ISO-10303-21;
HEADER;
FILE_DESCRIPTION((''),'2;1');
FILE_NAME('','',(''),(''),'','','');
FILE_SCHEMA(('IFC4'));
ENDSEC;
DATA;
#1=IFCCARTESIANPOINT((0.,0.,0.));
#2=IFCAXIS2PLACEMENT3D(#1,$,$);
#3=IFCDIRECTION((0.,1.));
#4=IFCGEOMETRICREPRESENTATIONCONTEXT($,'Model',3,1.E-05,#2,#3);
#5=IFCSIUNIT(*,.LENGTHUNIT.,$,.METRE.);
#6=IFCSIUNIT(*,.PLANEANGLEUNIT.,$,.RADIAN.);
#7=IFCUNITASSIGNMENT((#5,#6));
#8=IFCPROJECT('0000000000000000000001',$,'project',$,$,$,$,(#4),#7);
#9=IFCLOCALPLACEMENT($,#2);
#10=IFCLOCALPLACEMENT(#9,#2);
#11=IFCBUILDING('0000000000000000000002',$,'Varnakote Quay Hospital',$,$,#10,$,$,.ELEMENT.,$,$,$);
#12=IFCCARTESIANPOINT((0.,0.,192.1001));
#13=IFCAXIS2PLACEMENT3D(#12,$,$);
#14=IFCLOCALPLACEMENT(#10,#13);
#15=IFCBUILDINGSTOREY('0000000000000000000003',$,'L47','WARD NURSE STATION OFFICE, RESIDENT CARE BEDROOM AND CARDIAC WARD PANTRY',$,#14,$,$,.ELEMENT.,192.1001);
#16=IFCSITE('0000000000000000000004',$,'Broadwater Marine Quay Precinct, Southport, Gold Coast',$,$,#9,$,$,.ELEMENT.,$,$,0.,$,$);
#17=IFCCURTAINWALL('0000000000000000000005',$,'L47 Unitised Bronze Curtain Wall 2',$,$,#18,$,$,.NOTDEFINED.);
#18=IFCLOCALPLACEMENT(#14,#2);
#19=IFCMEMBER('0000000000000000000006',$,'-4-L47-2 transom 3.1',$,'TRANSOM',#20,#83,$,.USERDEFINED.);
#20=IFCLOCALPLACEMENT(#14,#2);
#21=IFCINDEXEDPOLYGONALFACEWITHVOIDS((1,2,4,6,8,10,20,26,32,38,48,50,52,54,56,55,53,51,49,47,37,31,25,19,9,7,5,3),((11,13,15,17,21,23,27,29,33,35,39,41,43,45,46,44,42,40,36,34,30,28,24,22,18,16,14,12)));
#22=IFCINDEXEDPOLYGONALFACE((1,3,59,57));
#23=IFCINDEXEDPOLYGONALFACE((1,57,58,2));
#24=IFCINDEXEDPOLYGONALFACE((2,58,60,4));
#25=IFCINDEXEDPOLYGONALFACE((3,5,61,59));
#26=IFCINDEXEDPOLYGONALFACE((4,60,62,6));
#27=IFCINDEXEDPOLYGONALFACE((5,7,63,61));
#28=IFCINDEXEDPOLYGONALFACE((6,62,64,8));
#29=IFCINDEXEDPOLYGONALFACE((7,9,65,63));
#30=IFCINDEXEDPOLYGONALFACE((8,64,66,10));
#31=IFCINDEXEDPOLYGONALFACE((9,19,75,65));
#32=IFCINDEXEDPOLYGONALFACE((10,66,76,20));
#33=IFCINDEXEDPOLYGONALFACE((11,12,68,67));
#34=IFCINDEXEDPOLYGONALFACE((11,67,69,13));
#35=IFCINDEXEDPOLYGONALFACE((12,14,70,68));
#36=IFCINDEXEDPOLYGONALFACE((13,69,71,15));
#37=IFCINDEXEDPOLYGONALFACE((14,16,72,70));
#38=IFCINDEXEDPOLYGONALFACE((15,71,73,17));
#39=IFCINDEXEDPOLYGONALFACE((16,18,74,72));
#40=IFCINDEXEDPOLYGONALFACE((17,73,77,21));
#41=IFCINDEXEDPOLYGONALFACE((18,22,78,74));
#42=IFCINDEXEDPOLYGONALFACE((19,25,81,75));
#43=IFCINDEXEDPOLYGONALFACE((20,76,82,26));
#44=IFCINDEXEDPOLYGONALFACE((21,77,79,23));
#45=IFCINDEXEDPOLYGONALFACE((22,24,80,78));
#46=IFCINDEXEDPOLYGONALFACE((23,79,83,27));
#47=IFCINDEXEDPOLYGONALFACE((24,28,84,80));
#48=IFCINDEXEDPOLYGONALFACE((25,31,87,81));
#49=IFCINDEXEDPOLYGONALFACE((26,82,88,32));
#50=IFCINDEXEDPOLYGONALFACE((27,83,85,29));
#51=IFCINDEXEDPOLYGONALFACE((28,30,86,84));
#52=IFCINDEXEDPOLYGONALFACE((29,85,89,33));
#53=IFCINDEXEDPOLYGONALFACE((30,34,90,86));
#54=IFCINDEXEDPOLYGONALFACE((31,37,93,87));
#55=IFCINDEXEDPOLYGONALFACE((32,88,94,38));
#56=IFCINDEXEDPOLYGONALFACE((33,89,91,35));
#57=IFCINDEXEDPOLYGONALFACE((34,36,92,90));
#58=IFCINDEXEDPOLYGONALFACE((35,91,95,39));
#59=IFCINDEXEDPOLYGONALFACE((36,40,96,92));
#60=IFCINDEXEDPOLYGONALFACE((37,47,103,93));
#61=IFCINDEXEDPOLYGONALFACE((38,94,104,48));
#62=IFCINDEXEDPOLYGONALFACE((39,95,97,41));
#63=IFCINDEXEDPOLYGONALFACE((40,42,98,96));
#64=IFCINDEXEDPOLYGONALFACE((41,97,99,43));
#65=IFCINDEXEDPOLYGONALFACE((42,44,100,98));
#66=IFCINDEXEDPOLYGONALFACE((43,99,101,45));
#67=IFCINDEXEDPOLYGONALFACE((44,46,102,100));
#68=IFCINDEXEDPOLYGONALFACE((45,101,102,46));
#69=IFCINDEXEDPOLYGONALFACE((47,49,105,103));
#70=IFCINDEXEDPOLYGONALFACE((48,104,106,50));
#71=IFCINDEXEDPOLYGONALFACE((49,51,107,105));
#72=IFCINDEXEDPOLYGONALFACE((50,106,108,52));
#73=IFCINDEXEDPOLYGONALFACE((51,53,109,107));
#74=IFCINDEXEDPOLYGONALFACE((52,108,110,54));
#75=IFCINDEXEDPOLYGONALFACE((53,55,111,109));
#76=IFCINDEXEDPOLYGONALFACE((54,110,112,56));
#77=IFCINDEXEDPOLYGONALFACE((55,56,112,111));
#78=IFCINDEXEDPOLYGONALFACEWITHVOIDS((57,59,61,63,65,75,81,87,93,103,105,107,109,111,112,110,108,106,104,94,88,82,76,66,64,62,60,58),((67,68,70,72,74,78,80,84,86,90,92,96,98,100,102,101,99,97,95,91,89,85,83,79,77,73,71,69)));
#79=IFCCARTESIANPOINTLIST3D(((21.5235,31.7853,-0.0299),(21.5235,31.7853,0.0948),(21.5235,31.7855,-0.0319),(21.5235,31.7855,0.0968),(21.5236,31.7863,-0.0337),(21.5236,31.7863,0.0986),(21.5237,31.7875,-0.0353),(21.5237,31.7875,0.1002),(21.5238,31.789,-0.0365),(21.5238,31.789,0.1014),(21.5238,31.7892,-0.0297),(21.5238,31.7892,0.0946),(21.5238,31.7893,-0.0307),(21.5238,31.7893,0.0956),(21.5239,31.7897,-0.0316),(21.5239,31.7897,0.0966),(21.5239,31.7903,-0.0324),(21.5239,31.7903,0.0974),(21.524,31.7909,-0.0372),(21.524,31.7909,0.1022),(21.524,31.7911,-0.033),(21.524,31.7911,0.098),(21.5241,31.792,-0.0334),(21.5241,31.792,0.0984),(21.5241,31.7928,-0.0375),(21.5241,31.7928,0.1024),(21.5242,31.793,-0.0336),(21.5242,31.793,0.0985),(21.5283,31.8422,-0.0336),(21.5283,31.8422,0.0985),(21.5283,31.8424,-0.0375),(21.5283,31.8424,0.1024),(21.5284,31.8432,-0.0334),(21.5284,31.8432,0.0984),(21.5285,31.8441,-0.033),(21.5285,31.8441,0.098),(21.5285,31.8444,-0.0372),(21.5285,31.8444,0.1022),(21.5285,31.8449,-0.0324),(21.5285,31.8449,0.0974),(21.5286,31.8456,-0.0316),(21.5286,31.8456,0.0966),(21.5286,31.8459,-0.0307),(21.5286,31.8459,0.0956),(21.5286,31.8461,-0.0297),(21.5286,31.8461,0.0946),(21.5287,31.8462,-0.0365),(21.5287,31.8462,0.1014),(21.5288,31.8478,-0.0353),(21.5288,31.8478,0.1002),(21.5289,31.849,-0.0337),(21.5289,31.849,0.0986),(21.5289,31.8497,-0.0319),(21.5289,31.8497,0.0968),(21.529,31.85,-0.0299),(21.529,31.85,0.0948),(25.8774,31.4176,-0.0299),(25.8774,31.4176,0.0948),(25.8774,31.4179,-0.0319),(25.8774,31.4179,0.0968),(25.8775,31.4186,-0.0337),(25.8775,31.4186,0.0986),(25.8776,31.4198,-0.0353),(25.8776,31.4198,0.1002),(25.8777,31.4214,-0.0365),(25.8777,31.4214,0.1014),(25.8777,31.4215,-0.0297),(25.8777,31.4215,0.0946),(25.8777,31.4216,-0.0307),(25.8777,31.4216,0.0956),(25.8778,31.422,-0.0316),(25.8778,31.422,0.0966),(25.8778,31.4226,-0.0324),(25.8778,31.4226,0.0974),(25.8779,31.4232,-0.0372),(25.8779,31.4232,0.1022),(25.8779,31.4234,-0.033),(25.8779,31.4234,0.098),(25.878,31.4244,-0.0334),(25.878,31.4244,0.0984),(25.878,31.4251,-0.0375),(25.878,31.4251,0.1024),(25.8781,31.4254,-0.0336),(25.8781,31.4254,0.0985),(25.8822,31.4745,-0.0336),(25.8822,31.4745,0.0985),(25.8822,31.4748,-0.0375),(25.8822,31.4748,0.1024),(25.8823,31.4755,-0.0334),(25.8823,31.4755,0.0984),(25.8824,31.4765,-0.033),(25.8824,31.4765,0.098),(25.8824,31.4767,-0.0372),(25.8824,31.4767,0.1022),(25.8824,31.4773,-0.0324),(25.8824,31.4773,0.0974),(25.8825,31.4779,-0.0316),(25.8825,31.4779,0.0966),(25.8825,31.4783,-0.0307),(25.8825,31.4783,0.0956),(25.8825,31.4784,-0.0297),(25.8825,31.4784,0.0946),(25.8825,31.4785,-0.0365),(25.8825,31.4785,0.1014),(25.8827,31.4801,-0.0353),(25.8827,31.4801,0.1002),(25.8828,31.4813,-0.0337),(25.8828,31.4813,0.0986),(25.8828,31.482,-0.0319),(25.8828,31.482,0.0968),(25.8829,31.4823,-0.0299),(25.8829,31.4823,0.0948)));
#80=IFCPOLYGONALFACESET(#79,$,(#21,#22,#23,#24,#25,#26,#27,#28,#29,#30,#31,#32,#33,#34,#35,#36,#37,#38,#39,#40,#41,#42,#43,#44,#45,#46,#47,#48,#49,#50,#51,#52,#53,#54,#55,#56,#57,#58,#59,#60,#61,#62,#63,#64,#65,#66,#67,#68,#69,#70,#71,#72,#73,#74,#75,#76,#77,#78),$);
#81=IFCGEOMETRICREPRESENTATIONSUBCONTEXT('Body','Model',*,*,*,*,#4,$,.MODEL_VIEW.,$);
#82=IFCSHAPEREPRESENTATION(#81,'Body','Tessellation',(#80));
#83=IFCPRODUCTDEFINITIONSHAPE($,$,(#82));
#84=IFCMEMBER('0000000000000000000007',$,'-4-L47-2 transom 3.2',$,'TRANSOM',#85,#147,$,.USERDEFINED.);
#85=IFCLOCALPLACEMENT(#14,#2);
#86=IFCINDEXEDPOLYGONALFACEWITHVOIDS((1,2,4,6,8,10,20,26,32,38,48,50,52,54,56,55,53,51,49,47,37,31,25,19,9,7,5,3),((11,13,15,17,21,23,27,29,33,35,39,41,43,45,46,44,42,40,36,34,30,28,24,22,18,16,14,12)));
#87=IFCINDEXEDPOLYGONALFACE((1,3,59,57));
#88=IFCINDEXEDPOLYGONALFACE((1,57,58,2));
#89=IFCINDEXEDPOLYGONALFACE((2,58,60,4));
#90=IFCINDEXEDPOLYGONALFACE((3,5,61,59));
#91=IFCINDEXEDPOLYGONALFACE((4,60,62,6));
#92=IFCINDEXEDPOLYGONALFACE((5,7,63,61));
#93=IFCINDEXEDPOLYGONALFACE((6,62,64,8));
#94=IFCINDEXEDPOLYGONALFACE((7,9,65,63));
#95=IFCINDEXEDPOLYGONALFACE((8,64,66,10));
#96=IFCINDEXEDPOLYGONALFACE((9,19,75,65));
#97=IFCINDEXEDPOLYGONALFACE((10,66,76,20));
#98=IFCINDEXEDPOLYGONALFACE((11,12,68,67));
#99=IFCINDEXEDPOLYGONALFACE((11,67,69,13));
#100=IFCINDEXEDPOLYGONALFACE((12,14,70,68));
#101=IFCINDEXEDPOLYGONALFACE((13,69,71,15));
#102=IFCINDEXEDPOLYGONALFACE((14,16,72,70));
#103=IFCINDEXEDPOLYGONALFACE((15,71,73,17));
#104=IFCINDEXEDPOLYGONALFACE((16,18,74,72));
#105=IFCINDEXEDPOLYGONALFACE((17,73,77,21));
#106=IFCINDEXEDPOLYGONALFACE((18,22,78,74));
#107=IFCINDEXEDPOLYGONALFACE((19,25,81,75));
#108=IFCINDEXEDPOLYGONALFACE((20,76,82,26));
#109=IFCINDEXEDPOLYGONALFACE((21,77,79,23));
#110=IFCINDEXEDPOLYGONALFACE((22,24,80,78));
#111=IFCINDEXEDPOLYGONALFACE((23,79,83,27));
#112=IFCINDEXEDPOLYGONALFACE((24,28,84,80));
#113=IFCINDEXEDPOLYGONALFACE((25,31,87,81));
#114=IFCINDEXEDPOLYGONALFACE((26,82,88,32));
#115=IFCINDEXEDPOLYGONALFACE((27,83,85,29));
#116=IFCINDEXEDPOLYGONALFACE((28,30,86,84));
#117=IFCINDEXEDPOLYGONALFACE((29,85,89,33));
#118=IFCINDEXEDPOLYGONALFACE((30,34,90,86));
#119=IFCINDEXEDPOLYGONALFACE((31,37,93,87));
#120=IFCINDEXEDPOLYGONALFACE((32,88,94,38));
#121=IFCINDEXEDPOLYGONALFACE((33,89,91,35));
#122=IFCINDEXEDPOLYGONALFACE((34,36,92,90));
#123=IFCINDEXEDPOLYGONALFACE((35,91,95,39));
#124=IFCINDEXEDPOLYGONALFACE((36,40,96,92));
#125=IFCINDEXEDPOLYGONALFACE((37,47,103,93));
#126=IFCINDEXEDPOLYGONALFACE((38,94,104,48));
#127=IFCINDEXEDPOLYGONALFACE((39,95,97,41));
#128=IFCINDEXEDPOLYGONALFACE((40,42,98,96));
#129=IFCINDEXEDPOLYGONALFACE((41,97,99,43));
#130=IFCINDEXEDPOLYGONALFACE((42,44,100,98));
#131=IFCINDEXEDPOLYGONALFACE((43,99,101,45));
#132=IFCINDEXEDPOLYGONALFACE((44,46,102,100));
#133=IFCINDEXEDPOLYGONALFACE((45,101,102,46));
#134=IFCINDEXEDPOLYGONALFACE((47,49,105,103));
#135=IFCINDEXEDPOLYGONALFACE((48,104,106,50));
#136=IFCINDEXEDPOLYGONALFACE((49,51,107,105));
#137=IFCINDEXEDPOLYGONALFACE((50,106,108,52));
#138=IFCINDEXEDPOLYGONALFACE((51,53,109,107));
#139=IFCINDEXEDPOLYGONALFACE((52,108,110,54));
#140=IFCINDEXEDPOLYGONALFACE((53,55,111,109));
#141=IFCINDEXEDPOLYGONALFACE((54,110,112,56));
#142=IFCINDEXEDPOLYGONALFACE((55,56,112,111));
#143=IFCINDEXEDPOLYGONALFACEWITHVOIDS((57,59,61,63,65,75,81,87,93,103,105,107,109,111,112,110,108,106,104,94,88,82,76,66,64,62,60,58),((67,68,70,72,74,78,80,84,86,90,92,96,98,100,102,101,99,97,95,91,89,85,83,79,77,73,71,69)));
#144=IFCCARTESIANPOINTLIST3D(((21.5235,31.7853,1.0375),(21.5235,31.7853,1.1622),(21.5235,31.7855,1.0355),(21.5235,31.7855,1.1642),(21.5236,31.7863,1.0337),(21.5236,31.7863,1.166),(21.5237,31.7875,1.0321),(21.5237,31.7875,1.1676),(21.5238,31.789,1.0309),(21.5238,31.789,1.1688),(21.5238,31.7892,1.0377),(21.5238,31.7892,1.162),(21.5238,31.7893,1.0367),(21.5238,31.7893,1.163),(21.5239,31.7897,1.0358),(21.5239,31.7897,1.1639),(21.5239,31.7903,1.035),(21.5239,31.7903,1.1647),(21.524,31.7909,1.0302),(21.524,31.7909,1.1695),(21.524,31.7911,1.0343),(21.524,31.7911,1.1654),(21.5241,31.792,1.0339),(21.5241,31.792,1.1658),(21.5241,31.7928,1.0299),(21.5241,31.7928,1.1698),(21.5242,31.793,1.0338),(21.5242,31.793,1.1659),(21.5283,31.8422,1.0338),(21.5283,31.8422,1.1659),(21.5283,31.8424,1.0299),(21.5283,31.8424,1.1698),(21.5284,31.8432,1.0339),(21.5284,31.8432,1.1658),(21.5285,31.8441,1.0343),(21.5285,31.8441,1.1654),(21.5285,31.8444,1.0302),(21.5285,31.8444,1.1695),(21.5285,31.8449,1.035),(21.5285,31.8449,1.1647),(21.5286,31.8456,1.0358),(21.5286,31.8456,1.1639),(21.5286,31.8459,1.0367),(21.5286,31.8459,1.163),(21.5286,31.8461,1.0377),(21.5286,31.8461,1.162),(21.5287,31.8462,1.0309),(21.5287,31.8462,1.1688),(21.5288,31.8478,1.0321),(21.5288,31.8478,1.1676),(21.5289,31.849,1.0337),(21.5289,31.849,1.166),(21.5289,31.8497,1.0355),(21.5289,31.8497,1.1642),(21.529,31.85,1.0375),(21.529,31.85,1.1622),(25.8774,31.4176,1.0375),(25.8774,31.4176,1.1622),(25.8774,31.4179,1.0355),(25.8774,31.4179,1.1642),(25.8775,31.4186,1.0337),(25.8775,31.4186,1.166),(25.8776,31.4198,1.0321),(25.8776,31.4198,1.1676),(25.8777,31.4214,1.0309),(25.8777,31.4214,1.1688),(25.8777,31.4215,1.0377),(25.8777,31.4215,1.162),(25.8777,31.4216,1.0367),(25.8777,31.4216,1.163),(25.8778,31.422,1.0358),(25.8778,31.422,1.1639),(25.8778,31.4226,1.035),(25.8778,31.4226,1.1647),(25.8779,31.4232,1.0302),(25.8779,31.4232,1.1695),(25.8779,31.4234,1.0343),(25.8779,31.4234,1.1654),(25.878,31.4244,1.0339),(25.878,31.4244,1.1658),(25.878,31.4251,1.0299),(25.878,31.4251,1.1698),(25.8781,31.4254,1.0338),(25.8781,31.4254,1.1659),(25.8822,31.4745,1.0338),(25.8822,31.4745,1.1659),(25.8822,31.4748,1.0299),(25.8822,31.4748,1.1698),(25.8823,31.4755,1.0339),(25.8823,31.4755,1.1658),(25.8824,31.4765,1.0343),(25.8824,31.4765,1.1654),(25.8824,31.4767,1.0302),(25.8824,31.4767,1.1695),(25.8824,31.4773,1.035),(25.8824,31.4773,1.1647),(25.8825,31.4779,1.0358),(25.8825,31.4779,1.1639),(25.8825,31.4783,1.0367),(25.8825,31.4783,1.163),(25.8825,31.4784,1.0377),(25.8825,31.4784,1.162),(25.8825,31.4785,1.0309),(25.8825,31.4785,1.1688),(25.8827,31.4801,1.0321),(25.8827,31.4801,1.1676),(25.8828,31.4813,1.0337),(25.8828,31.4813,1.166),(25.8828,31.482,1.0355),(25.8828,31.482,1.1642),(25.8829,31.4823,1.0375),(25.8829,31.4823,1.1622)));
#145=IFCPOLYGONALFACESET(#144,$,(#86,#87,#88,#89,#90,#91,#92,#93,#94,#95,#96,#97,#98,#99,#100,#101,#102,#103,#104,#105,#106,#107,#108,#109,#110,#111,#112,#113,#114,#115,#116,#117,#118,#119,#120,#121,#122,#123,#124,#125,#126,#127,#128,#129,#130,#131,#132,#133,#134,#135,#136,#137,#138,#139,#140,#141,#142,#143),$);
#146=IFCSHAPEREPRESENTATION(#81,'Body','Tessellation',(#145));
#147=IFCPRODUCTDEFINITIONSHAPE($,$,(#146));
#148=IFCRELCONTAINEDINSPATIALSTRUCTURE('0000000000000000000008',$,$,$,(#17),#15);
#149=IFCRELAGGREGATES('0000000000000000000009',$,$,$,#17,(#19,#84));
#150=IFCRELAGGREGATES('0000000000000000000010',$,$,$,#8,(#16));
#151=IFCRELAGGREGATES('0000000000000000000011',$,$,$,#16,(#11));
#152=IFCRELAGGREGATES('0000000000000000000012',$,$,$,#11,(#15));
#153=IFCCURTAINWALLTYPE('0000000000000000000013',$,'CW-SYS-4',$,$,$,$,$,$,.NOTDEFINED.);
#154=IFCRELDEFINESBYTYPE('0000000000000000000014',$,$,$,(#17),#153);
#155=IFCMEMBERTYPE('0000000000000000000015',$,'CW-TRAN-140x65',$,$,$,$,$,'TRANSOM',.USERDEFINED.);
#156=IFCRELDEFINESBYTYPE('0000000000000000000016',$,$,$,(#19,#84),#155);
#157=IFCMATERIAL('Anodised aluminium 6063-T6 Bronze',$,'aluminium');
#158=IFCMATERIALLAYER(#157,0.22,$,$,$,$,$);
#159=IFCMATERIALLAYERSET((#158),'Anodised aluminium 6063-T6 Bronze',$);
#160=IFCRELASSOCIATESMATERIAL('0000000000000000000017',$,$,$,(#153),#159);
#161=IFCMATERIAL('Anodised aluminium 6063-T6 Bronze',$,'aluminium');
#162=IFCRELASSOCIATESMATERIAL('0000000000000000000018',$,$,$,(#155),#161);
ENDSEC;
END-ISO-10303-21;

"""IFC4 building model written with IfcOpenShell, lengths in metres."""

from ifc_helpers import new_model, si_unit, direction, frame, origin, origin_2d, place, context, subcontext, project, spatial, hollow_rectangle, extrude, material, layer, layer_set, material_profile, profile_set, type_object, element, aggregate, save


model = new_model("IFC4")

# Units and contexts
model_context = context("Model", 3, precision=1e-05, world=origin(), true_north=direction((0.0, 1.0)))
body_context = subcontext(model_context, "Body", "Model", "MODEL_VIEW")
ifc_project = project(units=[si_unit("LENGTHUNIT", "METRE"), si_unit("PLANEANGLEUNIT", "RADIAN")], contexts=[model_context])

# Site, building, storey
site_placement = place(None, origin())
site = spatial("IfcSite", under=ifc_project, at=site_placement, Name="Broadwater Marine Quay Precinct, Southport, Gold Coast", CompositionType="ELEMENT", RefElevation=0.0)
building_placement = place(site_placement, origin())
building = spatial("IfcBuilding", under=site, at=building_placement, Name="Varnakote Quay Hospital", CompositionType="ELEMENT")
storey_placement = place(building_placement, frame((0.0, 0.0, 192.1001)))
storey = spatial("IfcBuildingStorey", under=building, at=storey_placement, Name="L47", Description="WARD NURSE STATION OFFICE, RESIDENT CARE BEDROOM AND CARDIAC WARD PANTRY", CompositionType="ELEMENT", Elevation=192.1001)

# Curtain wall, members
ifc_material_1 = material(Name="Anodised aluminium 6063-T6 Bronze", Category="aluminium")
ifc_layer_1 = layer(ifc_material_1, 0.22)
ifc_layer_set_1 = layer_set([ifc_layer_1], Name="Anodised aluminium 6063-T6 Bronze")
curtain_wall_type = type_object("IfcCurtainWallType", Name="CW-SYS-4", PredefinedType="NOTDEFINED", material=ifc_layer_set_1)
curtain_wall_placement = place(storey_placement, origin())
curtain_wall = element("IfcCurtainWall", 1, at=curtain_wall_placement, inside=storey, type_object=curtain_wall_type, Name="L47 Unitised Bronze Curtain Wall 2", PredefinedType="NOTDEFINED")
ifc_material_2 = material(Name="Anodised aluminium 6063-T6 Bronze", Category="aluminium")
ifc_material_profile_1 = material_profile(ifc_material_2, hollow_rectangle(XDim=0.0649, YDim=0.1399, WallThickness=0.0039, InnerFilletRadius=0.0039, OuterFilletRadius=0.0076, at=origin_2d()), Name="CW-TRAN-140x65")
ifc_profile_set_1 = profile_set([ifc_material_profile_1], Name="Anodised aluminium 6063-T6 Bronze")
member_type_1 = type_object("IfcMemberType", Name="CW-TRAN-140x65", ElementType="TRANSOM", PredefinedType="USERDEFINED", material=ifc_profile_set_1)
member_1_placement = place(storey_placement, frame((25.8801, 31.45, 0.0325), z_axis=(-0.996453, 0.084146, 0.0), x_axis=(-0.084146, -0.996453, 0.0)))
member_1 = element("IfcMember", 2, at=member_1_placement, type_object=member_type_1, Name="-4-L47-2 transom 3.1", ObjectType="TRANSOM", PredefinedType="USERDEFINED", context=body_context, shape_type="SweptSolid", body=[
    extrude(hollow_rectangle(XDim=0.0649, YDim=0.1399, WallThickness=0.0039, InnerFilletRadius=0.0039, OuterFilletRadius=0.0076, at=origin_2d()), origin(), (0.0, 0.0, 1.0), 4.3694),
])
member_2_placement = place(storey_placement, frame((25.8801, 31.45, 1.0999), z_axis=(-0.996453, 0.084146, 0.0), x_axis=(-0.084146, -0.996453, 0.0)))
member_2 = element("IfcMember", 3, at=member_2_placement, type_object=member_type_1, Name="-4-L47-2 transom 3.2", ObjectType="TRANSOM", PredefinedType="USERDEFINED", context=body_context, shape_type="SweptSolid", body=[
    extrude(hollow_rectangle(XDim=0.0649, YDim=0.1399, WallThickness=0.0039, InnerFilletRadius=0.0039, OuterFilletRadius=0.0076, at=origin_2d()), origin(), (0.0, 0.0, 1.0), 4.3694),
])

aggregate(curtain_wall, [member_1, member_2])

save(model, "model.ifc")
